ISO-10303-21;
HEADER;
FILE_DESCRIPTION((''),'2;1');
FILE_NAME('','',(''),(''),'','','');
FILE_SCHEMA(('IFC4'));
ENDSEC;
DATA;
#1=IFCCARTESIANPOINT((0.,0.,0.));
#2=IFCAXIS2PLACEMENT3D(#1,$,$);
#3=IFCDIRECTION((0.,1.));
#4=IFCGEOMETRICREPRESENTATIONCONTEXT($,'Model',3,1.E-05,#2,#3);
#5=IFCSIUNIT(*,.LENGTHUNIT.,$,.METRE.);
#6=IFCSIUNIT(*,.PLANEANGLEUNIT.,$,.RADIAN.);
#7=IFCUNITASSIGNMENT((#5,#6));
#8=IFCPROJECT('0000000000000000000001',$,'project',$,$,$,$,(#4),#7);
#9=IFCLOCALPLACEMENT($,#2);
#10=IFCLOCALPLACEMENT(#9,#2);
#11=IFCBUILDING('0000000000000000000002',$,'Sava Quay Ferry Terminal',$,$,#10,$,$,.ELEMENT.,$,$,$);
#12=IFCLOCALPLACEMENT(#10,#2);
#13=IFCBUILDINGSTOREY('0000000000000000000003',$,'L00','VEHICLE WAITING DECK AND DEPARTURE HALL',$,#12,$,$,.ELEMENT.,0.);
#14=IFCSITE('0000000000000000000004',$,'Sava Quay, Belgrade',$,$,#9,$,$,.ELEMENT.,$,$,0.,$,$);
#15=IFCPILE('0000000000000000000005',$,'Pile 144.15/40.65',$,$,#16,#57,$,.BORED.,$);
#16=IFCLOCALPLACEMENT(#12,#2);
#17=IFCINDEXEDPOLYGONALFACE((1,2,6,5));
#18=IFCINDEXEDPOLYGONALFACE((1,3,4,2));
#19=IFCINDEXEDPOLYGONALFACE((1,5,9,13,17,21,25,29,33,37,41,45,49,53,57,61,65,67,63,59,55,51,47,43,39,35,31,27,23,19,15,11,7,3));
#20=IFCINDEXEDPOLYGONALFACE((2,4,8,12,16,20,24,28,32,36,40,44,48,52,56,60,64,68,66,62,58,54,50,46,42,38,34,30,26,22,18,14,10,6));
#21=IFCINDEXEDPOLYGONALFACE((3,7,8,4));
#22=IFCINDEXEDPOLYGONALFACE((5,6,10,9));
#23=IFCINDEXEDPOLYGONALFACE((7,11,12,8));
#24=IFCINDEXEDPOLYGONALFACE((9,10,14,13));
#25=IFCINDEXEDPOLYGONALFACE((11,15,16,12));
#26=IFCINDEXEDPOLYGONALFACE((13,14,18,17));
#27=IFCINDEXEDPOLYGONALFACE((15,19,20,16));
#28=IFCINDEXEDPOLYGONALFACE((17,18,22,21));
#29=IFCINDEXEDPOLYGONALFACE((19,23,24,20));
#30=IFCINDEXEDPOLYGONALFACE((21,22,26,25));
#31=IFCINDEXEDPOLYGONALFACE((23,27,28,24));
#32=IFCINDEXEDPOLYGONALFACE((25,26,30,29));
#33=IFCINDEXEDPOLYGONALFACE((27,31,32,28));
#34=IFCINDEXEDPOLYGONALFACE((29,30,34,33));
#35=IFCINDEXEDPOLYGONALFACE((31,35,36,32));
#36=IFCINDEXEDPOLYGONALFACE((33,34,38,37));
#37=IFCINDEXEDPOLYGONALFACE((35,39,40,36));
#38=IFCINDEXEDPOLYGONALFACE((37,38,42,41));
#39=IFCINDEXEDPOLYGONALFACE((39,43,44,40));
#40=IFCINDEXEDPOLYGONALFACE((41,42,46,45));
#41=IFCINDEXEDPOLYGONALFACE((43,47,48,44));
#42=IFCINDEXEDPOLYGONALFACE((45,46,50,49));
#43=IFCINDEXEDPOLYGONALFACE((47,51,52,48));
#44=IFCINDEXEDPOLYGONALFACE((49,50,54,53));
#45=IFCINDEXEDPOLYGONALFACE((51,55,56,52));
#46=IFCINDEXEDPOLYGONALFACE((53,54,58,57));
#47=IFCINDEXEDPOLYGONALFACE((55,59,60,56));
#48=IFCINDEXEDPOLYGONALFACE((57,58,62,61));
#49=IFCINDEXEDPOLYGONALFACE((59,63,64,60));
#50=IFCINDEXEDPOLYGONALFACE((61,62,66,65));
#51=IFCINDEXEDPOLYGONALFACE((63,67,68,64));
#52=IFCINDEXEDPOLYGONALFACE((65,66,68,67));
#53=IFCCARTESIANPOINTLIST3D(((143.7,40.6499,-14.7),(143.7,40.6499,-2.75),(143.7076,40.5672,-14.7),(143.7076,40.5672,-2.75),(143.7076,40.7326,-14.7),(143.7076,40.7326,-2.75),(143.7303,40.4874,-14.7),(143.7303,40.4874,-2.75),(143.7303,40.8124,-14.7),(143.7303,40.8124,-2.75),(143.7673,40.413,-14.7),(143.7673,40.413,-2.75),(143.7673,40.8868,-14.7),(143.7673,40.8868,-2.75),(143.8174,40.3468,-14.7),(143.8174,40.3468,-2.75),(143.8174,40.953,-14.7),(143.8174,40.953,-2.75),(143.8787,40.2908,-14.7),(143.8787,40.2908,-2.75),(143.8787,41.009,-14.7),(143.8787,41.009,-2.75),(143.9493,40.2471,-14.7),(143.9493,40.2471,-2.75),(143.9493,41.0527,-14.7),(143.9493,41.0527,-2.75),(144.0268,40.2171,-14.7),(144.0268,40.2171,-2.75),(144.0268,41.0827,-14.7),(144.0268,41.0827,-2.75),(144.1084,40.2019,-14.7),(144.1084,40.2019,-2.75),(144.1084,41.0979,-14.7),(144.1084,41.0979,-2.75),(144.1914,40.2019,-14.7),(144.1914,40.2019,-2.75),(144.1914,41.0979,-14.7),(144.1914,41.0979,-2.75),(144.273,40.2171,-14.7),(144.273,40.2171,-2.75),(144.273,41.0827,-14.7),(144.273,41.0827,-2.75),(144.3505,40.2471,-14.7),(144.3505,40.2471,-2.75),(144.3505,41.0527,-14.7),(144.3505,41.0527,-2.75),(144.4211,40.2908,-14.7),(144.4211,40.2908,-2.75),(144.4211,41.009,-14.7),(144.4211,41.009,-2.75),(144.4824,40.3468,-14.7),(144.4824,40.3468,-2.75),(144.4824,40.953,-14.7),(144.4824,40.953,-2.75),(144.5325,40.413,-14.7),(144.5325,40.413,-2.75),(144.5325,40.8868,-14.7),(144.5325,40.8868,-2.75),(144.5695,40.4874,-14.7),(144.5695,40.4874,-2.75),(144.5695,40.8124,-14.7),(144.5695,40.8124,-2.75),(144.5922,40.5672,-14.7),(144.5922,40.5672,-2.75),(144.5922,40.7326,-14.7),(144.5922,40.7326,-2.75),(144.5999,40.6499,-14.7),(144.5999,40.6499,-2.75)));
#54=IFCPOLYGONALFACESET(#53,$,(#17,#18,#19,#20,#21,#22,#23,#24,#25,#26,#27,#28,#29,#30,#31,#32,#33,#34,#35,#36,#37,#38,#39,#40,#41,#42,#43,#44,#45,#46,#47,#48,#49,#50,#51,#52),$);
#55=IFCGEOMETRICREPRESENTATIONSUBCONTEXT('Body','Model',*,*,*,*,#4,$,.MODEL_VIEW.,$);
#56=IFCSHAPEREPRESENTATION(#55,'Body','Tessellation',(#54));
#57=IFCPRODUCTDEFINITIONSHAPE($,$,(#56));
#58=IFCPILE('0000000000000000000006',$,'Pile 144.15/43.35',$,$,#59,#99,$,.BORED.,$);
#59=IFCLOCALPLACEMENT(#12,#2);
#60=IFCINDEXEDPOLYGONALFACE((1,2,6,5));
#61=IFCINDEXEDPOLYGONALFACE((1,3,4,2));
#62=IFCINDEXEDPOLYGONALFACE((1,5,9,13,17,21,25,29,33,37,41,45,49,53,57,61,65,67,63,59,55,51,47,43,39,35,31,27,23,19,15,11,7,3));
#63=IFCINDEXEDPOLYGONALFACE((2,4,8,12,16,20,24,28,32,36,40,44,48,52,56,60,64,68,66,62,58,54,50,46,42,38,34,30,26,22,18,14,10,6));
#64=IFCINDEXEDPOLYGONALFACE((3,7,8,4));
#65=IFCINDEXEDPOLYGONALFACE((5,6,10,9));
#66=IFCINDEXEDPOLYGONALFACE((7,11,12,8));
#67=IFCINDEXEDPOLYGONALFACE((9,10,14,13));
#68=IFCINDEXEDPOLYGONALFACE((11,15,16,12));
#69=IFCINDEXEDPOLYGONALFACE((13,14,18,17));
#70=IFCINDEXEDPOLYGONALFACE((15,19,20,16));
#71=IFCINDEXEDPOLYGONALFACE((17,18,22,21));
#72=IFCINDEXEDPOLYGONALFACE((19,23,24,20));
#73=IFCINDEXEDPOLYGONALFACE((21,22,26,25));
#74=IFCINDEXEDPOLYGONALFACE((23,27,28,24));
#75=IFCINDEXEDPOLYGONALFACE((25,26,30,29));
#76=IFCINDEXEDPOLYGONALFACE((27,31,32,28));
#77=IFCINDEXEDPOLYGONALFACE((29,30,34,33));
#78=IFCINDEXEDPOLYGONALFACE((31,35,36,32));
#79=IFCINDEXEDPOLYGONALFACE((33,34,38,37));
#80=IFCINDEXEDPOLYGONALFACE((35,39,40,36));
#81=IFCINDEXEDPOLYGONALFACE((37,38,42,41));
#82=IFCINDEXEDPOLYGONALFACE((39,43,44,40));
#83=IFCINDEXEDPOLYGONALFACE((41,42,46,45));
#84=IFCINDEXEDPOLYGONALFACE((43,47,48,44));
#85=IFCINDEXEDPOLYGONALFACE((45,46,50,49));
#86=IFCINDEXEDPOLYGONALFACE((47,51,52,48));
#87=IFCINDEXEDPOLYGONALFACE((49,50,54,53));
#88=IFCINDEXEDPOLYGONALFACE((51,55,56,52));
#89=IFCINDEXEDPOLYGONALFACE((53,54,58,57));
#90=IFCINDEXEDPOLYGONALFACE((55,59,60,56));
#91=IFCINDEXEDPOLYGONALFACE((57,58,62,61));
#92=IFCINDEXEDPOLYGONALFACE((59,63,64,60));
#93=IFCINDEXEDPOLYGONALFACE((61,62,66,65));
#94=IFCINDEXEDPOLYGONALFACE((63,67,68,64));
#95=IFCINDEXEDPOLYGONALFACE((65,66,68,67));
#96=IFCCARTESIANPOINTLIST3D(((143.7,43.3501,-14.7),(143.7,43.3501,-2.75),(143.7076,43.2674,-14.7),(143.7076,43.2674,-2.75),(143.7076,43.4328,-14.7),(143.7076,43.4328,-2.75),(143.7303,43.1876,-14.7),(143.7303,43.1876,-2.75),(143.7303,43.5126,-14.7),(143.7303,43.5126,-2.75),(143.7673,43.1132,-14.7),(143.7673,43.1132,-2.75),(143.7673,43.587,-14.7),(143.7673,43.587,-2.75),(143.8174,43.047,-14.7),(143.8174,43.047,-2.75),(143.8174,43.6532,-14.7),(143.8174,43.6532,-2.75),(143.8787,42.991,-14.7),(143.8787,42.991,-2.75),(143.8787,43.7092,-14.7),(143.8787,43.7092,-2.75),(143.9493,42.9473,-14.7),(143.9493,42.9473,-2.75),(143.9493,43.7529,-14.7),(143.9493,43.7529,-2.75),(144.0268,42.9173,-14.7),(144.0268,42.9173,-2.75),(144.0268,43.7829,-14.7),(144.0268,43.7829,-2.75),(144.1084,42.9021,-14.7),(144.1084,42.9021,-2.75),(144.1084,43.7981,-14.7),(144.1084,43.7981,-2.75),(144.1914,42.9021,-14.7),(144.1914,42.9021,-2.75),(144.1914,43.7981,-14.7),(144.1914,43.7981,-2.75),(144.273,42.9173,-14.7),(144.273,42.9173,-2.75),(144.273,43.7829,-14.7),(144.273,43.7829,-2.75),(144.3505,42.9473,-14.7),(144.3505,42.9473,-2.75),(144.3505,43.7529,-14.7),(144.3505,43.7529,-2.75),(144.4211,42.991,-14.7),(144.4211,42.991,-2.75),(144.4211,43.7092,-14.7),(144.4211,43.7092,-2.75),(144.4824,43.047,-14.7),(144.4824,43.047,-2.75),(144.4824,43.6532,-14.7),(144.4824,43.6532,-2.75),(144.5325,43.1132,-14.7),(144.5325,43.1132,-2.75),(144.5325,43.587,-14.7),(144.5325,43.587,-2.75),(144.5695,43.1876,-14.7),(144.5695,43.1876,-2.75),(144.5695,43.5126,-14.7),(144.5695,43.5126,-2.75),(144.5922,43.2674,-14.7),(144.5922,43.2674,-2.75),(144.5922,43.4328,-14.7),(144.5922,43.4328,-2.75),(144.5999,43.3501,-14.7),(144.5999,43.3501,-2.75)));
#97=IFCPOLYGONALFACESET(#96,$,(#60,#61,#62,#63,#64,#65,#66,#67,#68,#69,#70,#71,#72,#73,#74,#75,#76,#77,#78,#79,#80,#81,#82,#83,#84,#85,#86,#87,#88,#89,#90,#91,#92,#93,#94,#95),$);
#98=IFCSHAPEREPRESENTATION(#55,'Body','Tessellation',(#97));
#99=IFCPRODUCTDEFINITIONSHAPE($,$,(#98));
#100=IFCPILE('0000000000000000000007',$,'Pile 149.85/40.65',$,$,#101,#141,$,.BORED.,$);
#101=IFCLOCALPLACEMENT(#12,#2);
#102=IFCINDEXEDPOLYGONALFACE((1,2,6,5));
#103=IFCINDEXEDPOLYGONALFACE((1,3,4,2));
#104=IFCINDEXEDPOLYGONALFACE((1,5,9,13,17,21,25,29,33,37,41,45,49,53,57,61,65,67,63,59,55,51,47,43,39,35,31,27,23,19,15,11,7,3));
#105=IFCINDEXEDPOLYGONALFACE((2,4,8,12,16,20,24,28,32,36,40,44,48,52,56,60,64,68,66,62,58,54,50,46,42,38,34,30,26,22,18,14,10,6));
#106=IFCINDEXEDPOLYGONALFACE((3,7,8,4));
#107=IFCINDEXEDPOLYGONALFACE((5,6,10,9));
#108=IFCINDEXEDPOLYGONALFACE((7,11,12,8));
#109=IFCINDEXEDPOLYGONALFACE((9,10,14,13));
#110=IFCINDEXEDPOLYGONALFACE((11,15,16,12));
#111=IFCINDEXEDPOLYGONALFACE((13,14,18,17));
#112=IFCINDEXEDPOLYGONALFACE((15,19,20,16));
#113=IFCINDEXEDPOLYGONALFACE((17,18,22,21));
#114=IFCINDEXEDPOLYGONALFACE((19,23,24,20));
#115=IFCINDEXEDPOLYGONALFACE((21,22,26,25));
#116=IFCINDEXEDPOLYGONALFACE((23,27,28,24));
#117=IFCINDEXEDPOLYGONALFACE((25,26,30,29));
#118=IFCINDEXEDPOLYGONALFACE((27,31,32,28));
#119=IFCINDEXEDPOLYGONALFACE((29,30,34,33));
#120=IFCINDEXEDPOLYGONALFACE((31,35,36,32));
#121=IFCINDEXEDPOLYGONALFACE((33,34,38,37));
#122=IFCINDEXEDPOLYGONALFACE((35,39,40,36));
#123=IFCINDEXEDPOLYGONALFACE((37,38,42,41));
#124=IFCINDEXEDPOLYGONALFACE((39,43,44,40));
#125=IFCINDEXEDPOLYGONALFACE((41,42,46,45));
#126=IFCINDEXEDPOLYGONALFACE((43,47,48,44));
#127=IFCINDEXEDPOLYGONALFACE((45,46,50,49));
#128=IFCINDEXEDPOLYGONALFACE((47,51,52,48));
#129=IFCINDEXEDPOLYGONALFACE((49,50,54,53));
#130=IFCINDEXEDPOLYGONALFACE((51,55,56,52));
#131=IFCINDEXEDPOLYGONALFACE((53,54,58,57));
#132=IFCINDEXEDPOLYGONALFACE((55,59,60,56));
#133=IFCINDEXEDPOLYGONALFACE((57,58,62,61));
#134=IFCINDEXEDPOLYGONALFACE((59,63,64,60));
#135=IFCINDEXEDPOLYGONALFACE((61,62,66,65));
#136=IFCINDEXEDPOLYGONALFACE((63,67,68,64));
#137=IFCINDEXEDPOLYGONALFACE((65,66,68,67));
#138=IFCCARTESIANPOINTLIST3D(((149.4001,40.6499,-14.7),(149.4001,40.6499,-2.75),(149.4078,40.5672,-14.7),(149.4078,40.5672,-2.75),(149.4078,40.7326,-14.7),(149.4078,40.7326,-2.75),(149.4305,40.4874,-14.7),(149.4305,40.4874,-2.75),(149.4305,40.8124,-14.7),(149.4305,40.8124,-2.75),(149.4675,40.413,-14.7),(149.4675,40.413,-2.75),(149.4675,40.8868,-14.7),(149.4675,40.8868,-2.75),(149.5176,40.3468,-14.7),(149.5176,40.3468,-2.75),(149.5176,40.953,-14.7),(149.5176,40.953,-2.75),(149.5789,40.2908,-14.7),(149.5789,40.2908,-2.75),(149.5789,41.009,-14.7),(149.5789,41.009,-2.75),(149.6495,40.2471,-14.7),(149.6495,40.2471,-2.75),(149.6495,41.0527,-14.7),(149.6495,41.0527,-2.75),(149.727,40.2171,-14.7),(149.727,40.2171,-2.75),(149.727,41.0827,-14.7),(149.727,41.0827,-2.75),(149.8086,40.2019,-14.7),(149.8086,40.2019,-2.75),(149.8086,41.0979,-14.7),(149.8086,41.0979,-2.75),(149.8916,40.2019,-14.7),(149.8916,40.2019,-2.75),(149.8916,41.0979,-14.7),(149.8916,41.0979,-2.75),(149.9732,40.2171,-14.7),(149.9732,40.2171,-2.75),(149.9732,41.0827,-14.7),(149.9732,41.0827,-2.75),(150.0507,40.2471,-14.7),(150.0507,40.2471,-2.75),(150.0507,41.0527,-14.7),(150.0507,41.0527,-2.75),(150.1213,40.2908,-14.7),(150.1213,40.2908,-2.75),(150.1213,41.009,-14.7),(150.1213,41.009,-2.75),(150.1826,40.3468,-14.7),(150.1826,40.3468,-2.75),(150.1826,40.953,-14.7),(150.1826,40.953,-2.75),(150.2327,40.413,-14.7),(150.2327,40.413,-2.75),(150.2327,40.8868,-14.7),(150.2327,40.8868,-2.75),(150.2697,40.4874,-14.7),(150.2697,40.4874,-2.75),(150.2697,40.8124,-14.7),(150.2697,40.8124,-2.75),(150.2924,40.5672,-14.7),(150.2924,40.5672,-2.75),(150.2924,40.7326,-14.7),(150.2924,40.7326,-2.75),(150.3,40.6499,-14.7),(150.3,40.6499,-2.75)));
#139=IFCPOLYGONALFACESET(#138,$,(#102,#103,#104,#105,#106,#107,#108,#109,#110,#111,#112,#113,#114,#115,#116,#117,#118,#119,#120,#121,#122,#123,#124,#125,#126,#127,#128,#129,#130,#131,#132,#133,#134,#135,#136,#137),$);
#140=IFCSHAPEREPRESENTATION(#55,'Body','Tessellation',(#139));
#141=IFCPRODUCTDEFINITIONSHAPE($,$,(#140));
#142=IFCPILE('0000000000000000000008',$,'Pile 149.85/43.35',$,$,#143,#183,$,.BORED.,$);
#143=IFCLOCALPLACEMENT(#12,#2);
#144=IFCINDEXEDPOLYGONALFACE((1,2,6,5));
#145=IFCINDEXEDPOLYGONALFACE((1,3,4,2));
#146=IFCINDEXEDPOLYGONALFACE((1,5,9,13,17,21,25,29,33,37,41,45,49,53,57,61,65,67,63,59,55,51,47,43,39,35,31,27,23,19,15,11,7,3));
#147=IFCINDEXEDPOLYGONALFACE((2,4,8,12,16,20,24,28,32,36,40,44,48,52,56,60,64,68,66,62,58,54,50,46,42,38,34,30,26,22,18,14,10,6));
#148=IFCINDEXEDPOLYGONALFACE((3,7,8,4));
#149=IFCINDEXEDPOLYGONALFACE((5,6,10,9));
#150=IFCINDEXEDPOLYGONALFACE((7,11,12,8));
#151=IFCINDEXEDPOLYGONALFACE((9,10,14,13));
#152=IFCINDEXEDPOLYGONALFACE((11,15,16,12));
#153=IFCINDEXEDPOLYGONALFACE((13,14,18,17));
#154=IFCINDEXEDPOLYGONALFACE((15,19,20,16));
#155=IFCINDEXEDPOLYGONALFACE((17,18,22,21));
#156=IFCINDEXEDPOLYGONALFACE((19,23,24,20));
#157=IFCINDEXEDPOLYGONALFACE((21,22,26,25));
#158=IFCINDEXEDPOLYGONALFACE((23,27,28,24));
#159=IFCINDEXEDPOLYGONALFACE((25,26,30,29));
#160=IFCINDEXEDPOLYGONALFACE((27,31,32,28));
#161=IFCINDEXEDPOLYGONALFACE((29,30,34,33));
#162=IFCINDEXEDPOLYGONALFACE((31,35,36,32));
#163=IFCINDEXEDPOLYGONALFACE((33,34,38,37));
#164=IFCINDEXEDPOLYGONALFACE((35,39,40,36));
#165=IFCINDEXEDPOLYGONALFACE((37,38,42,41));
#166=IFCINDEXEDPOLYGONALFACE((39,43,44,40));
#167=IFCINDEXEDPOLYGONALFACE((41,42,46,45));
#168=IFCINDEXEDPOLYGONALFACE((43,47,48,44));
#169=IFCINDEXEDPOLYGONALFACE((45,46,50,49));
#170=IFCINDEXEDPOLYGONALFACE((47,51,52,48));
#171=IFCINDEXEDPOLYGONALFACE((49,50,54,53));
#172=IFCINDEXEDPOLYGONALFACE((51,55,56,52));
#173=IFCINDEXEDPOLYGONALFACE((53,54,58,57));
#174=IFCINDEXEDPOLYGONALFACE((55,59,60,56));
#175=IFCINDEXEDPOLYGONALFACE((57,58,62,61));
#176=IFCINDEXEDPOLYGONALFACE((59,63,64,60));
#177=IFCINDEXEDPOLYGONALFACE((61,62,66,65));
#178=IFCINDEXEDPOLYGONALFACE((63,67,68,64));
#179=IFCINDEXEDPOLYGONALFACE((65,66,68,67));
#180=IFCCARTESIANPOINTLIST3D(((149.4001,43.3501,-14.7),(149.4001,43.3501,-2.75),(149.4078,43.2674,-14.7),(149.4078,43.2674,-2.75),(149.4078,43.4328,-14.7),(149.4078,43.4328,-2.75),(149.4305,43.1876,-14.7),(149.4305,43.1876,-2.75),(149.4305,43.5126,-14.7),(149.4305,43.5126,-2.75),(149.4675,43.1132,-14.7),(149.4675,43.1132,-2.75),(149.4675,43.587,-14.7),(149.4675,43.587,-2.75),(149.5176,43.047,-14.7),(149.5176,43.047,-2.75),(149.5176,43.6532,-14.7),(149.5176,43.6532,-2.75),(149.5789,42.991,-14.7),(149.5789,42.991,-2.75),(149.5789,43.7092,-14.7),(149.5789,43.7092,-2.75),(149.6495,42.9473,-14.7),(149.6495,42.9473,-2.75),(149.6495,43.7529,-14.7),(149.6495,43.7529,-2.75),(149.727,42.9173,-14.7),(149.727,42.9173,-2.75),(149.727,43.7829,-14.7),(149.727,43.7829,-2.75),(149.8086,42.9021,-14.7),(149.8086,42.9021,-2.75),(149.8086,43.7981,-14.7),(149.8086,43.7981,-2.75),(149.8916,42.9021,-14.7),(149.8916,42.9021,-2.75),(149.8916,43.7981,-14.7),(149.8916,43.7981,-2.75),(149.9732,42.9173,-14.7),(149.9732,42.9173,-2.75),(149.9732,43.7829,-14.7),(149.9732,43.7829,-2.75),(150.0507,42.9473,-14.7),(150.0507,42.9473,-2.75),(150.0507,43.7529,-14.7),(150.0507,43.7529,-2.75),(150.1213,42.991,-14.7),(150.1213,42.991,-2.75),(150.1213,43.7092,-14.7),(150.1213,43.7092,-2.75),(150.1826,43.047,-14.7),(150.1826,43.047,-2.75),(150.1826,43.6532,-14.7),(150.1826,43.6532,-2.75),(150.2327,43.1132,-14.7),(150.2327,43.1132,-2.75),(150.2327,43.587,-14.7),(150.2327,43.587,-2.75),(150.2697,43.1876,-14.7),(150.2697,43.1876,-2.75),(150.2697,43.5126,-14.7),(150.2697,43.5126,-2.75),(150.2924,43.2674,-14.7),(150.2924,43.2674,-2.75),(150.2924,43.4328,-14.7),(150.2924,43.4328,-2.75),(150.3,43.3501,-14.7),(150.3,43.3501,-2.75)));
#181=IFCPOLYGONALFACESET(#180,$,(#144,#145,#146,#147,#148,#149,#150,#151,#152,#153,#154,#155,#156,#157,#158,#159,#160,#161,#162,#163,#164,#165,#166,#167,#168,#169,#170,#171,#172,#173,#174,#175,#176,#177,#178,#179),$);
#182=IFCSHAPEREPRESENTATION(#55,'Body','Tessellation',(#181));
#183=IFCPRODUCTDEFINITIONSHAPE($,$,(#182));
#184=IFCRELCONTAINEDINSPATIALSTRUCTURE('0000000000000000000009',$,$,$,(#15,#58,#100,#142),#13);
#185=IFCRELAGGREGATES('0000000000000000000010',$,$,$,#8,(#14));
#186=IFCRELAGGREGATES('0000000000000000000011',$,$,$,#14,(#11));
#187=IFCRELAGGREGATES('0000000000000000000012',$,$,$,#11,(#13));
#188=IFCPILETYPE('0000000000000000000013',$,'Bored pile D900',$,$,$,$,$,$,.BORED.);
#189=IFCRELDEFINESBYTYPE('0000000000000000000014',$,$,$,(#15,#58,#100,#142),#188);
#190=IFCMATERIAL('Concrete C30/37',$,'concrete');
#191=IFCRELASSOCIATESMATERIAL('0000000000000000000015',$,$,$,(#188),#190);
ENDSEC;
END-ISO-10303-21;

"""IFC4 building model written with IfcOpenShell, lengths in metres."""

from ifc_helpers import new_model, si_unit, direction, frame, origin, origin_2d, place, context, subcontext, project, spatial, circle, extrude, material, material_profile, profile_set, type_object, element, save


model = new_model("IFC4")

# Units and contexts
model_context = context("Model", 3, precision=1e-05, world=origin(), true_north=direction((0.0, 1.0)))
body_context = subcontext(model_context, "Body", "Model", "MODEL_VIEW")
ifc_project = project(units=[si_unit("LENGTHUNIT", "METRE"), si_unit("PLANEANGLEUNIT", "RADIAN")], contexts=[model_context])

# Site, building, storey
site_placement = place(None, origin())
site = spatial("IfcSite", under=ifc_project, at=site_placement, Name="Sava Quay, Belgrade", CompositionType="ELEMENT", RefElevation=0.0)
building_placement = place(site_placement, origin())
building = spatial("IfcBuilding", under=site, at=building_placement, Name="Sava Quay Ferry Terminal", CompositionType="ELEMENT")
storey_placement = place(building_placement, origin())
storey = spatial("IfcBuildingStorey", under=building, at=storey_placement, Name="L00", Description="VEHICLE WAITING DECK AND DEPARTURE HALL", CompositionType="ELEMENT", Elevation=0.0)

# Piles
ifc_material_1 = material(Name="Concrete C30/37", Category="concrete")
ifc_material_profile_1 = material_profile(ifc_material_1, circle(Radius=0.45, at=origin_2d()), Name="Bored pile D900")
ifc_profile_set_1 = profile_set([ifc_material_profile_1], Name="Concrete C30/37")
pile_type = type_object("IfcPileType", Name="Bored pile D900", PredefinedType="BORED", material=ifc_profile_set_1)
for number, where, z_axis, x_axis, name in (
    (1, (144.1499, 40.6499, -2.75), (0.0, 0.0, -1.0), (1.0, 0.0, 0.0), "Pile 144.15/40.65"),
    (2, (144.1499, 43.3501, -2.75), (0.0, 0.0, -1.0), (1.0, 0.0, 0.0), "Pile 144.15/43.35"),
    (3, (149.8501, 40.6499, -2.75), (0.0, 0.0, -1.0), (1.0, 0.0, 0.0), "Pile 149.85/40.65"),
    (4, (149.8501, 43.3501, -2.75), (0.0, 0.0, -1.0), (1.0, 0.0, 0.0), "Pile 149.85/43.35"),
):
    element("IfcPile", number, at=place(storey_placement, frame(where, z_axis=z_axis, x_axis=x_axis)), inside=storey, type_object=pile_type, Name=name, PredefinedType="BORED", context=body_context, shape_type="SweptSolid", body=[
        extrude(circle(Radius=0.45, at=origin_2d()), origin(), (0.0, 0.0, 1.0), 11.95),
    ])

save(model, "model.ifc")
